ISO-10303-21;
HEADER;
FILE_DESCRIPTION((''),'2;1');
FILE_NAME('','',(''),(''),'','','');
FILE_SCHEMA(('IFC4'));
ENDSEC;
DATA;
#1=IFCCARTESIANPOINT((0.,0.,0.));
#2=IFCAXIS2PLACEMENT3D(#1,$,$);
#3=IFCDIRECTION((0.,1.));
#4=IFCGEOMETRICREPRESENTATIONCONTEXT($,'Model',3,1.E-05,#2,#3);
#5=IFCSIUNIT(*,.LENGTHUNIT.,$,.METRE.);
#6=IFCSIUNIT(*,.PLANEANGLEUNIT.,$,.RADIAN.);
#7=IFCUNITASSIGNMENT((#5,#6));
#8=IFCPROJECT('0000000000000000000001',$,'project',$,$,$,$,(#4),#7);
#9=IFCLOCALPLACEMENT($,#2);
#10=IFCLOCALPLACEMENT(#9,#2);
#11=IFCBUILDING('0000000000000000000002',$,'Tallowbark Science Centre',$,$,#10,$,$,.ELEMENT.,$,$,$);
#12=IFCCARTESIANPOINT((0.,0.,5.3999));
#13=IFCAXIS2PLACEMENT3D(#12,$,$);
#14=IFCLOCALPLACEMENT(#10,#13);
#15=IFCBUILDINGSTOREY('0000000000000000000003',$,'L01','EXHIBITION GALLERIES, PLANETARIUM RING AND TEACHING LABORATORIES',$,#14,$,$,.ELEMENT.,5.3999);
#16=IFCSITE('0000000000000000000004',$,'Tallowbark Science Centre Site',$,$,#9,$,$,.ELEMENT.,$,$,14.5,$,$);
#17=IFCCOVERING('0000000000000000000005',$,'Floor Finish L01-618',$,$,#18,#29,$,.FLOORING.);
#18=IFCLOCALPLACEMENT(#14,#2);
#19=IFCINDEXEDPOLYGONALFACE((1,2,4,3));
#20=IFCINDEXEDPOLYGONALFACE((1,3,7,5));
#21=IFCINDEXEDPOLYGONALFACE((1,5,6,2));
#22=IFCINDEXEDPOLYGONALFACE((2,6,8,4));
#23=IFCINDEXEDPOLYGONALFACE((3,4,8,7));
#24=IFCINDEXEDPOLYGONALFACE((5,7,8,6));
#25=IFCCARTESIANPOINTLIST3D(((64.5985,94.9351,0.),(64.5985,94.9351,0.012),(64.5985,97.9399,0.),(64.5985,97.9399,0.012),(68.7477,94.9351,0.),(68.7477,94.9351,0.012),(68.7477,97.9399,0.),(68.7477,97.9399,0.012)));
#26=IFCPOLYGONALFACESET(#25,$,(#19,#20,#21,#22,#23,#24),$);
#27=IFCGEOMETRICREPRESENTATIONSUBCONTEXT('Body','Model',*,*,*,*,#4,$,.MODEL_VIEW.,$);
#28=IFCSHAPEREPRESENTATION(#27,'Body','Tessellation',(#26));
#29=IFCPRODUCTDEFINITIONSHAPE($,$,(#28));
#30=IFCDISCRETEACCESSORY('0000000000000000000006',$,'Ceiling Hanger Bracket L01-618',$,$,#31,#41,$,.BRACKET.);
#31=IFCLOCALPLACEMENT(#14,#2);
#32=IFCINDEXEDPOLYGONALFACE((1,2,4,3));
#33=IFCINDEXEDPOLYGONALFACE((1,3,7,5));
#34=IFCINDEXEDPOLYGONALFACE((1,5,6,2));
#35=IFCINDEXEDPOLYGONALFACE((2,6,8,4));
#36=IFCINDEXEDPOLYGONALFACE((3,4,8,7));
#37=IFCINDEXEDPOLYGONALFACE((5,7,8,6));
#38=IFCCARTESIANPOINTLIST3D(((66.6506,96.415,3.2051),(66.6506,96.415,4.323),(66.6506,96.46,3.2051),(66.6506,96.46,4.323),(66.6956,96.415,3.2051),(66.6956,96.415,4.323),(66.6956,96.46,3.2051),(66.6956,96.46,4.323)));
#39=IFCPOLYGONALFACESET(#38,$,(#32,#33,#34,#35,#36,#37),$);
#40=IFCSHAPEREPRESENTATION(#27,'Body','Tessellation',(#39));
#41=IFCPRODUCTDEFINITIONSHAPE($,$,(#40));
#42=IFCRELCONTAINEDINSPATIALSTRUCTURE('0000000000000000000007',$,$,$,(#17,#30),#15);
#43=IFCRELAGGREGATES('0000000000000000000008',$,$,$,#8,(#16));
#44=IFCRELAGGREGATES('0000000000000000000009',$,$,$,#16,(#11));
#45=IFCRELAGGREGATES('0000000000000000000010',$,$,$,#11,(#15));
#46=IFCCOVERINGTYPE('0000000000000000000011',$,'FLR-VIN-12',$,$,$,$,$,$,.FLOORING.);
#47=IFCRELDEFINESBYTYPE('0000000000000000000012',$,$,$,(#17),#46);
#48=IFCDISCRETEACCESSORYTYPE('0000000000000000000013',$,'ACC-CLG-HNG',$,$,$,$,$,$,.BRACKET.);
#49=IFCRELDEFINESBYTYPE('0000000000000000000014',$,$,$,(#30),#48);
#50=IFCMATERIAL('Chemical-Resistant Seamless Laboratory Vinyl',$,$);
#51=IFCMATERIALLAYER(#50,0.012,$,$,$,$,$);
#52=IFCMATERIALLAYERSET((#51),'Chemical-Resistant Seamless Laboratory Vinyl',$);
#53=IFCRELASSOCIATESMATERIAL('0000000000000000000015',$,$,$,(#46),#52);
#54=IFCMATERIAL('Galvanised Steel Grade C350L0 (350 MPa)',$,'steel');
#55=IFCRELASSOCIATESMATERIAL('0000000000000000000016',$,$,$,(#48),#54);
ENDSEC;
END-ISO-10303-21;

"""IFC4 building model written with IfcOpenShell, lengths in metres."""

from ifc_helpers import new_model, si_unit, direction, frame, origin, origin_2d, place, context, subcontext, project, spatial, rectangle, extrude, material, layer, layer_set, type_object, element, save


model = new_model("IFC4")

# Units and contexts
model_context = context("Model", 3, precision=1e-05, world=origin(), true_north=direction((0.0, 1.0)))
body_context = subcontext(model_context, "Body", "Model", "MODEL_VIEW")
ifc_project = project(units=[si_unit("LENGTHUNIT", "METRE"), si_unit("PLANEANGLEUNIT", "RADIAN")], contexts=[model_context])

# Site, building, storey
site_placement = place(None, origin())
site = spatial("IfcSite", under=ifc_project, at=site_placement, Name="Tallowbark Science Centre Site", CompositionType="ELEMENT", RefElevation=14.5)
building_placement = place(site_placement, origin())
building = spatial("IfcBuilding", under=site, at=building_placement, Name="Tallowbark Science Centre", CompositionType="ELEMENT")
storey_placement = place(building_placement, frame((0.0, 0.0, 5.3999)))
storey = spatial("IfcBuildingStorey", under=building, at=storey_placement, Name="L01", Description="EXHIBITION GALLERIES, PLANETARIUM RING AND TEACHING LABORATORIES", CompositionType="ELEMENT", Elevation=5.3999)

# Covering
ifc_material_1 = material(Name="Chemical-Resistant Seamless Laboratory Vinyl")
ifc_layer_1 = layer(ifc_material_1, 0.012)
ifc_layer_set_1 = layer_set([ifc_layer_1], Name="Chemical-Resistant Seamless Laboratory Vinyl")
covering_type_1 = type_object("IfcCoveringType", Name="FLR-VIN-12", PredefinedType="FLOORING", material=ifc_layer_set_1)
covering_1_placement = place(storey_placement, frame((66.6731, 96.4375, 0.0), z_axis=(0.0, 0.0, 1.0), x_axis=(1.0, 0.0, 0.0)))
element("IfcCovering", 1, at=covering_1_placement, inside=storey, type_object=covering_type_1, Name="Floor Finish L01-618", PredefinedType="FLOORING", context=body_context, shape_type="SweptSolid", body=[
    extrude(rectangle(XDim=4.1492, YDim=3.0049, at=origin_2d()), origin(), (0.0, 0.0, 1.0), 0.012),
])

# Discrete accessory
ifc_material_2 = material(Name="Galvanised Steel Grade C350L0 (350 MPa)", Category="steel")
discrete_accessory_type = type_object("IfcDiscreteAccessoryType", Name="ACC-CLG-HNG", PredefinedType="BRACKET", material=ifc_material_2)
discrete_accessory_placement = place(storey_placement, frame((66.6731, 96.4375, 3.2051), z_axis=(0.0, 0.0, 1.0), x_axis=(1.0, 0.0, 0.0)))
element("IfcDiscreteAccessory", 2, at=discrete_accessory_placement, inside=storey, type_object=discrete_accessory_type, Name="Ceiling Hanger Bracket L01-618", PredefinedType="BRACKET", context=body_context, shape_type="SweptSolid", body=[
    extrude(rectangle(XDim=0.0449, YDim=0.0449, at=origin_2d()), origin(), (0.0, 0.0, 1.0), 1.1179),
])

save(model, "model.ifc")
